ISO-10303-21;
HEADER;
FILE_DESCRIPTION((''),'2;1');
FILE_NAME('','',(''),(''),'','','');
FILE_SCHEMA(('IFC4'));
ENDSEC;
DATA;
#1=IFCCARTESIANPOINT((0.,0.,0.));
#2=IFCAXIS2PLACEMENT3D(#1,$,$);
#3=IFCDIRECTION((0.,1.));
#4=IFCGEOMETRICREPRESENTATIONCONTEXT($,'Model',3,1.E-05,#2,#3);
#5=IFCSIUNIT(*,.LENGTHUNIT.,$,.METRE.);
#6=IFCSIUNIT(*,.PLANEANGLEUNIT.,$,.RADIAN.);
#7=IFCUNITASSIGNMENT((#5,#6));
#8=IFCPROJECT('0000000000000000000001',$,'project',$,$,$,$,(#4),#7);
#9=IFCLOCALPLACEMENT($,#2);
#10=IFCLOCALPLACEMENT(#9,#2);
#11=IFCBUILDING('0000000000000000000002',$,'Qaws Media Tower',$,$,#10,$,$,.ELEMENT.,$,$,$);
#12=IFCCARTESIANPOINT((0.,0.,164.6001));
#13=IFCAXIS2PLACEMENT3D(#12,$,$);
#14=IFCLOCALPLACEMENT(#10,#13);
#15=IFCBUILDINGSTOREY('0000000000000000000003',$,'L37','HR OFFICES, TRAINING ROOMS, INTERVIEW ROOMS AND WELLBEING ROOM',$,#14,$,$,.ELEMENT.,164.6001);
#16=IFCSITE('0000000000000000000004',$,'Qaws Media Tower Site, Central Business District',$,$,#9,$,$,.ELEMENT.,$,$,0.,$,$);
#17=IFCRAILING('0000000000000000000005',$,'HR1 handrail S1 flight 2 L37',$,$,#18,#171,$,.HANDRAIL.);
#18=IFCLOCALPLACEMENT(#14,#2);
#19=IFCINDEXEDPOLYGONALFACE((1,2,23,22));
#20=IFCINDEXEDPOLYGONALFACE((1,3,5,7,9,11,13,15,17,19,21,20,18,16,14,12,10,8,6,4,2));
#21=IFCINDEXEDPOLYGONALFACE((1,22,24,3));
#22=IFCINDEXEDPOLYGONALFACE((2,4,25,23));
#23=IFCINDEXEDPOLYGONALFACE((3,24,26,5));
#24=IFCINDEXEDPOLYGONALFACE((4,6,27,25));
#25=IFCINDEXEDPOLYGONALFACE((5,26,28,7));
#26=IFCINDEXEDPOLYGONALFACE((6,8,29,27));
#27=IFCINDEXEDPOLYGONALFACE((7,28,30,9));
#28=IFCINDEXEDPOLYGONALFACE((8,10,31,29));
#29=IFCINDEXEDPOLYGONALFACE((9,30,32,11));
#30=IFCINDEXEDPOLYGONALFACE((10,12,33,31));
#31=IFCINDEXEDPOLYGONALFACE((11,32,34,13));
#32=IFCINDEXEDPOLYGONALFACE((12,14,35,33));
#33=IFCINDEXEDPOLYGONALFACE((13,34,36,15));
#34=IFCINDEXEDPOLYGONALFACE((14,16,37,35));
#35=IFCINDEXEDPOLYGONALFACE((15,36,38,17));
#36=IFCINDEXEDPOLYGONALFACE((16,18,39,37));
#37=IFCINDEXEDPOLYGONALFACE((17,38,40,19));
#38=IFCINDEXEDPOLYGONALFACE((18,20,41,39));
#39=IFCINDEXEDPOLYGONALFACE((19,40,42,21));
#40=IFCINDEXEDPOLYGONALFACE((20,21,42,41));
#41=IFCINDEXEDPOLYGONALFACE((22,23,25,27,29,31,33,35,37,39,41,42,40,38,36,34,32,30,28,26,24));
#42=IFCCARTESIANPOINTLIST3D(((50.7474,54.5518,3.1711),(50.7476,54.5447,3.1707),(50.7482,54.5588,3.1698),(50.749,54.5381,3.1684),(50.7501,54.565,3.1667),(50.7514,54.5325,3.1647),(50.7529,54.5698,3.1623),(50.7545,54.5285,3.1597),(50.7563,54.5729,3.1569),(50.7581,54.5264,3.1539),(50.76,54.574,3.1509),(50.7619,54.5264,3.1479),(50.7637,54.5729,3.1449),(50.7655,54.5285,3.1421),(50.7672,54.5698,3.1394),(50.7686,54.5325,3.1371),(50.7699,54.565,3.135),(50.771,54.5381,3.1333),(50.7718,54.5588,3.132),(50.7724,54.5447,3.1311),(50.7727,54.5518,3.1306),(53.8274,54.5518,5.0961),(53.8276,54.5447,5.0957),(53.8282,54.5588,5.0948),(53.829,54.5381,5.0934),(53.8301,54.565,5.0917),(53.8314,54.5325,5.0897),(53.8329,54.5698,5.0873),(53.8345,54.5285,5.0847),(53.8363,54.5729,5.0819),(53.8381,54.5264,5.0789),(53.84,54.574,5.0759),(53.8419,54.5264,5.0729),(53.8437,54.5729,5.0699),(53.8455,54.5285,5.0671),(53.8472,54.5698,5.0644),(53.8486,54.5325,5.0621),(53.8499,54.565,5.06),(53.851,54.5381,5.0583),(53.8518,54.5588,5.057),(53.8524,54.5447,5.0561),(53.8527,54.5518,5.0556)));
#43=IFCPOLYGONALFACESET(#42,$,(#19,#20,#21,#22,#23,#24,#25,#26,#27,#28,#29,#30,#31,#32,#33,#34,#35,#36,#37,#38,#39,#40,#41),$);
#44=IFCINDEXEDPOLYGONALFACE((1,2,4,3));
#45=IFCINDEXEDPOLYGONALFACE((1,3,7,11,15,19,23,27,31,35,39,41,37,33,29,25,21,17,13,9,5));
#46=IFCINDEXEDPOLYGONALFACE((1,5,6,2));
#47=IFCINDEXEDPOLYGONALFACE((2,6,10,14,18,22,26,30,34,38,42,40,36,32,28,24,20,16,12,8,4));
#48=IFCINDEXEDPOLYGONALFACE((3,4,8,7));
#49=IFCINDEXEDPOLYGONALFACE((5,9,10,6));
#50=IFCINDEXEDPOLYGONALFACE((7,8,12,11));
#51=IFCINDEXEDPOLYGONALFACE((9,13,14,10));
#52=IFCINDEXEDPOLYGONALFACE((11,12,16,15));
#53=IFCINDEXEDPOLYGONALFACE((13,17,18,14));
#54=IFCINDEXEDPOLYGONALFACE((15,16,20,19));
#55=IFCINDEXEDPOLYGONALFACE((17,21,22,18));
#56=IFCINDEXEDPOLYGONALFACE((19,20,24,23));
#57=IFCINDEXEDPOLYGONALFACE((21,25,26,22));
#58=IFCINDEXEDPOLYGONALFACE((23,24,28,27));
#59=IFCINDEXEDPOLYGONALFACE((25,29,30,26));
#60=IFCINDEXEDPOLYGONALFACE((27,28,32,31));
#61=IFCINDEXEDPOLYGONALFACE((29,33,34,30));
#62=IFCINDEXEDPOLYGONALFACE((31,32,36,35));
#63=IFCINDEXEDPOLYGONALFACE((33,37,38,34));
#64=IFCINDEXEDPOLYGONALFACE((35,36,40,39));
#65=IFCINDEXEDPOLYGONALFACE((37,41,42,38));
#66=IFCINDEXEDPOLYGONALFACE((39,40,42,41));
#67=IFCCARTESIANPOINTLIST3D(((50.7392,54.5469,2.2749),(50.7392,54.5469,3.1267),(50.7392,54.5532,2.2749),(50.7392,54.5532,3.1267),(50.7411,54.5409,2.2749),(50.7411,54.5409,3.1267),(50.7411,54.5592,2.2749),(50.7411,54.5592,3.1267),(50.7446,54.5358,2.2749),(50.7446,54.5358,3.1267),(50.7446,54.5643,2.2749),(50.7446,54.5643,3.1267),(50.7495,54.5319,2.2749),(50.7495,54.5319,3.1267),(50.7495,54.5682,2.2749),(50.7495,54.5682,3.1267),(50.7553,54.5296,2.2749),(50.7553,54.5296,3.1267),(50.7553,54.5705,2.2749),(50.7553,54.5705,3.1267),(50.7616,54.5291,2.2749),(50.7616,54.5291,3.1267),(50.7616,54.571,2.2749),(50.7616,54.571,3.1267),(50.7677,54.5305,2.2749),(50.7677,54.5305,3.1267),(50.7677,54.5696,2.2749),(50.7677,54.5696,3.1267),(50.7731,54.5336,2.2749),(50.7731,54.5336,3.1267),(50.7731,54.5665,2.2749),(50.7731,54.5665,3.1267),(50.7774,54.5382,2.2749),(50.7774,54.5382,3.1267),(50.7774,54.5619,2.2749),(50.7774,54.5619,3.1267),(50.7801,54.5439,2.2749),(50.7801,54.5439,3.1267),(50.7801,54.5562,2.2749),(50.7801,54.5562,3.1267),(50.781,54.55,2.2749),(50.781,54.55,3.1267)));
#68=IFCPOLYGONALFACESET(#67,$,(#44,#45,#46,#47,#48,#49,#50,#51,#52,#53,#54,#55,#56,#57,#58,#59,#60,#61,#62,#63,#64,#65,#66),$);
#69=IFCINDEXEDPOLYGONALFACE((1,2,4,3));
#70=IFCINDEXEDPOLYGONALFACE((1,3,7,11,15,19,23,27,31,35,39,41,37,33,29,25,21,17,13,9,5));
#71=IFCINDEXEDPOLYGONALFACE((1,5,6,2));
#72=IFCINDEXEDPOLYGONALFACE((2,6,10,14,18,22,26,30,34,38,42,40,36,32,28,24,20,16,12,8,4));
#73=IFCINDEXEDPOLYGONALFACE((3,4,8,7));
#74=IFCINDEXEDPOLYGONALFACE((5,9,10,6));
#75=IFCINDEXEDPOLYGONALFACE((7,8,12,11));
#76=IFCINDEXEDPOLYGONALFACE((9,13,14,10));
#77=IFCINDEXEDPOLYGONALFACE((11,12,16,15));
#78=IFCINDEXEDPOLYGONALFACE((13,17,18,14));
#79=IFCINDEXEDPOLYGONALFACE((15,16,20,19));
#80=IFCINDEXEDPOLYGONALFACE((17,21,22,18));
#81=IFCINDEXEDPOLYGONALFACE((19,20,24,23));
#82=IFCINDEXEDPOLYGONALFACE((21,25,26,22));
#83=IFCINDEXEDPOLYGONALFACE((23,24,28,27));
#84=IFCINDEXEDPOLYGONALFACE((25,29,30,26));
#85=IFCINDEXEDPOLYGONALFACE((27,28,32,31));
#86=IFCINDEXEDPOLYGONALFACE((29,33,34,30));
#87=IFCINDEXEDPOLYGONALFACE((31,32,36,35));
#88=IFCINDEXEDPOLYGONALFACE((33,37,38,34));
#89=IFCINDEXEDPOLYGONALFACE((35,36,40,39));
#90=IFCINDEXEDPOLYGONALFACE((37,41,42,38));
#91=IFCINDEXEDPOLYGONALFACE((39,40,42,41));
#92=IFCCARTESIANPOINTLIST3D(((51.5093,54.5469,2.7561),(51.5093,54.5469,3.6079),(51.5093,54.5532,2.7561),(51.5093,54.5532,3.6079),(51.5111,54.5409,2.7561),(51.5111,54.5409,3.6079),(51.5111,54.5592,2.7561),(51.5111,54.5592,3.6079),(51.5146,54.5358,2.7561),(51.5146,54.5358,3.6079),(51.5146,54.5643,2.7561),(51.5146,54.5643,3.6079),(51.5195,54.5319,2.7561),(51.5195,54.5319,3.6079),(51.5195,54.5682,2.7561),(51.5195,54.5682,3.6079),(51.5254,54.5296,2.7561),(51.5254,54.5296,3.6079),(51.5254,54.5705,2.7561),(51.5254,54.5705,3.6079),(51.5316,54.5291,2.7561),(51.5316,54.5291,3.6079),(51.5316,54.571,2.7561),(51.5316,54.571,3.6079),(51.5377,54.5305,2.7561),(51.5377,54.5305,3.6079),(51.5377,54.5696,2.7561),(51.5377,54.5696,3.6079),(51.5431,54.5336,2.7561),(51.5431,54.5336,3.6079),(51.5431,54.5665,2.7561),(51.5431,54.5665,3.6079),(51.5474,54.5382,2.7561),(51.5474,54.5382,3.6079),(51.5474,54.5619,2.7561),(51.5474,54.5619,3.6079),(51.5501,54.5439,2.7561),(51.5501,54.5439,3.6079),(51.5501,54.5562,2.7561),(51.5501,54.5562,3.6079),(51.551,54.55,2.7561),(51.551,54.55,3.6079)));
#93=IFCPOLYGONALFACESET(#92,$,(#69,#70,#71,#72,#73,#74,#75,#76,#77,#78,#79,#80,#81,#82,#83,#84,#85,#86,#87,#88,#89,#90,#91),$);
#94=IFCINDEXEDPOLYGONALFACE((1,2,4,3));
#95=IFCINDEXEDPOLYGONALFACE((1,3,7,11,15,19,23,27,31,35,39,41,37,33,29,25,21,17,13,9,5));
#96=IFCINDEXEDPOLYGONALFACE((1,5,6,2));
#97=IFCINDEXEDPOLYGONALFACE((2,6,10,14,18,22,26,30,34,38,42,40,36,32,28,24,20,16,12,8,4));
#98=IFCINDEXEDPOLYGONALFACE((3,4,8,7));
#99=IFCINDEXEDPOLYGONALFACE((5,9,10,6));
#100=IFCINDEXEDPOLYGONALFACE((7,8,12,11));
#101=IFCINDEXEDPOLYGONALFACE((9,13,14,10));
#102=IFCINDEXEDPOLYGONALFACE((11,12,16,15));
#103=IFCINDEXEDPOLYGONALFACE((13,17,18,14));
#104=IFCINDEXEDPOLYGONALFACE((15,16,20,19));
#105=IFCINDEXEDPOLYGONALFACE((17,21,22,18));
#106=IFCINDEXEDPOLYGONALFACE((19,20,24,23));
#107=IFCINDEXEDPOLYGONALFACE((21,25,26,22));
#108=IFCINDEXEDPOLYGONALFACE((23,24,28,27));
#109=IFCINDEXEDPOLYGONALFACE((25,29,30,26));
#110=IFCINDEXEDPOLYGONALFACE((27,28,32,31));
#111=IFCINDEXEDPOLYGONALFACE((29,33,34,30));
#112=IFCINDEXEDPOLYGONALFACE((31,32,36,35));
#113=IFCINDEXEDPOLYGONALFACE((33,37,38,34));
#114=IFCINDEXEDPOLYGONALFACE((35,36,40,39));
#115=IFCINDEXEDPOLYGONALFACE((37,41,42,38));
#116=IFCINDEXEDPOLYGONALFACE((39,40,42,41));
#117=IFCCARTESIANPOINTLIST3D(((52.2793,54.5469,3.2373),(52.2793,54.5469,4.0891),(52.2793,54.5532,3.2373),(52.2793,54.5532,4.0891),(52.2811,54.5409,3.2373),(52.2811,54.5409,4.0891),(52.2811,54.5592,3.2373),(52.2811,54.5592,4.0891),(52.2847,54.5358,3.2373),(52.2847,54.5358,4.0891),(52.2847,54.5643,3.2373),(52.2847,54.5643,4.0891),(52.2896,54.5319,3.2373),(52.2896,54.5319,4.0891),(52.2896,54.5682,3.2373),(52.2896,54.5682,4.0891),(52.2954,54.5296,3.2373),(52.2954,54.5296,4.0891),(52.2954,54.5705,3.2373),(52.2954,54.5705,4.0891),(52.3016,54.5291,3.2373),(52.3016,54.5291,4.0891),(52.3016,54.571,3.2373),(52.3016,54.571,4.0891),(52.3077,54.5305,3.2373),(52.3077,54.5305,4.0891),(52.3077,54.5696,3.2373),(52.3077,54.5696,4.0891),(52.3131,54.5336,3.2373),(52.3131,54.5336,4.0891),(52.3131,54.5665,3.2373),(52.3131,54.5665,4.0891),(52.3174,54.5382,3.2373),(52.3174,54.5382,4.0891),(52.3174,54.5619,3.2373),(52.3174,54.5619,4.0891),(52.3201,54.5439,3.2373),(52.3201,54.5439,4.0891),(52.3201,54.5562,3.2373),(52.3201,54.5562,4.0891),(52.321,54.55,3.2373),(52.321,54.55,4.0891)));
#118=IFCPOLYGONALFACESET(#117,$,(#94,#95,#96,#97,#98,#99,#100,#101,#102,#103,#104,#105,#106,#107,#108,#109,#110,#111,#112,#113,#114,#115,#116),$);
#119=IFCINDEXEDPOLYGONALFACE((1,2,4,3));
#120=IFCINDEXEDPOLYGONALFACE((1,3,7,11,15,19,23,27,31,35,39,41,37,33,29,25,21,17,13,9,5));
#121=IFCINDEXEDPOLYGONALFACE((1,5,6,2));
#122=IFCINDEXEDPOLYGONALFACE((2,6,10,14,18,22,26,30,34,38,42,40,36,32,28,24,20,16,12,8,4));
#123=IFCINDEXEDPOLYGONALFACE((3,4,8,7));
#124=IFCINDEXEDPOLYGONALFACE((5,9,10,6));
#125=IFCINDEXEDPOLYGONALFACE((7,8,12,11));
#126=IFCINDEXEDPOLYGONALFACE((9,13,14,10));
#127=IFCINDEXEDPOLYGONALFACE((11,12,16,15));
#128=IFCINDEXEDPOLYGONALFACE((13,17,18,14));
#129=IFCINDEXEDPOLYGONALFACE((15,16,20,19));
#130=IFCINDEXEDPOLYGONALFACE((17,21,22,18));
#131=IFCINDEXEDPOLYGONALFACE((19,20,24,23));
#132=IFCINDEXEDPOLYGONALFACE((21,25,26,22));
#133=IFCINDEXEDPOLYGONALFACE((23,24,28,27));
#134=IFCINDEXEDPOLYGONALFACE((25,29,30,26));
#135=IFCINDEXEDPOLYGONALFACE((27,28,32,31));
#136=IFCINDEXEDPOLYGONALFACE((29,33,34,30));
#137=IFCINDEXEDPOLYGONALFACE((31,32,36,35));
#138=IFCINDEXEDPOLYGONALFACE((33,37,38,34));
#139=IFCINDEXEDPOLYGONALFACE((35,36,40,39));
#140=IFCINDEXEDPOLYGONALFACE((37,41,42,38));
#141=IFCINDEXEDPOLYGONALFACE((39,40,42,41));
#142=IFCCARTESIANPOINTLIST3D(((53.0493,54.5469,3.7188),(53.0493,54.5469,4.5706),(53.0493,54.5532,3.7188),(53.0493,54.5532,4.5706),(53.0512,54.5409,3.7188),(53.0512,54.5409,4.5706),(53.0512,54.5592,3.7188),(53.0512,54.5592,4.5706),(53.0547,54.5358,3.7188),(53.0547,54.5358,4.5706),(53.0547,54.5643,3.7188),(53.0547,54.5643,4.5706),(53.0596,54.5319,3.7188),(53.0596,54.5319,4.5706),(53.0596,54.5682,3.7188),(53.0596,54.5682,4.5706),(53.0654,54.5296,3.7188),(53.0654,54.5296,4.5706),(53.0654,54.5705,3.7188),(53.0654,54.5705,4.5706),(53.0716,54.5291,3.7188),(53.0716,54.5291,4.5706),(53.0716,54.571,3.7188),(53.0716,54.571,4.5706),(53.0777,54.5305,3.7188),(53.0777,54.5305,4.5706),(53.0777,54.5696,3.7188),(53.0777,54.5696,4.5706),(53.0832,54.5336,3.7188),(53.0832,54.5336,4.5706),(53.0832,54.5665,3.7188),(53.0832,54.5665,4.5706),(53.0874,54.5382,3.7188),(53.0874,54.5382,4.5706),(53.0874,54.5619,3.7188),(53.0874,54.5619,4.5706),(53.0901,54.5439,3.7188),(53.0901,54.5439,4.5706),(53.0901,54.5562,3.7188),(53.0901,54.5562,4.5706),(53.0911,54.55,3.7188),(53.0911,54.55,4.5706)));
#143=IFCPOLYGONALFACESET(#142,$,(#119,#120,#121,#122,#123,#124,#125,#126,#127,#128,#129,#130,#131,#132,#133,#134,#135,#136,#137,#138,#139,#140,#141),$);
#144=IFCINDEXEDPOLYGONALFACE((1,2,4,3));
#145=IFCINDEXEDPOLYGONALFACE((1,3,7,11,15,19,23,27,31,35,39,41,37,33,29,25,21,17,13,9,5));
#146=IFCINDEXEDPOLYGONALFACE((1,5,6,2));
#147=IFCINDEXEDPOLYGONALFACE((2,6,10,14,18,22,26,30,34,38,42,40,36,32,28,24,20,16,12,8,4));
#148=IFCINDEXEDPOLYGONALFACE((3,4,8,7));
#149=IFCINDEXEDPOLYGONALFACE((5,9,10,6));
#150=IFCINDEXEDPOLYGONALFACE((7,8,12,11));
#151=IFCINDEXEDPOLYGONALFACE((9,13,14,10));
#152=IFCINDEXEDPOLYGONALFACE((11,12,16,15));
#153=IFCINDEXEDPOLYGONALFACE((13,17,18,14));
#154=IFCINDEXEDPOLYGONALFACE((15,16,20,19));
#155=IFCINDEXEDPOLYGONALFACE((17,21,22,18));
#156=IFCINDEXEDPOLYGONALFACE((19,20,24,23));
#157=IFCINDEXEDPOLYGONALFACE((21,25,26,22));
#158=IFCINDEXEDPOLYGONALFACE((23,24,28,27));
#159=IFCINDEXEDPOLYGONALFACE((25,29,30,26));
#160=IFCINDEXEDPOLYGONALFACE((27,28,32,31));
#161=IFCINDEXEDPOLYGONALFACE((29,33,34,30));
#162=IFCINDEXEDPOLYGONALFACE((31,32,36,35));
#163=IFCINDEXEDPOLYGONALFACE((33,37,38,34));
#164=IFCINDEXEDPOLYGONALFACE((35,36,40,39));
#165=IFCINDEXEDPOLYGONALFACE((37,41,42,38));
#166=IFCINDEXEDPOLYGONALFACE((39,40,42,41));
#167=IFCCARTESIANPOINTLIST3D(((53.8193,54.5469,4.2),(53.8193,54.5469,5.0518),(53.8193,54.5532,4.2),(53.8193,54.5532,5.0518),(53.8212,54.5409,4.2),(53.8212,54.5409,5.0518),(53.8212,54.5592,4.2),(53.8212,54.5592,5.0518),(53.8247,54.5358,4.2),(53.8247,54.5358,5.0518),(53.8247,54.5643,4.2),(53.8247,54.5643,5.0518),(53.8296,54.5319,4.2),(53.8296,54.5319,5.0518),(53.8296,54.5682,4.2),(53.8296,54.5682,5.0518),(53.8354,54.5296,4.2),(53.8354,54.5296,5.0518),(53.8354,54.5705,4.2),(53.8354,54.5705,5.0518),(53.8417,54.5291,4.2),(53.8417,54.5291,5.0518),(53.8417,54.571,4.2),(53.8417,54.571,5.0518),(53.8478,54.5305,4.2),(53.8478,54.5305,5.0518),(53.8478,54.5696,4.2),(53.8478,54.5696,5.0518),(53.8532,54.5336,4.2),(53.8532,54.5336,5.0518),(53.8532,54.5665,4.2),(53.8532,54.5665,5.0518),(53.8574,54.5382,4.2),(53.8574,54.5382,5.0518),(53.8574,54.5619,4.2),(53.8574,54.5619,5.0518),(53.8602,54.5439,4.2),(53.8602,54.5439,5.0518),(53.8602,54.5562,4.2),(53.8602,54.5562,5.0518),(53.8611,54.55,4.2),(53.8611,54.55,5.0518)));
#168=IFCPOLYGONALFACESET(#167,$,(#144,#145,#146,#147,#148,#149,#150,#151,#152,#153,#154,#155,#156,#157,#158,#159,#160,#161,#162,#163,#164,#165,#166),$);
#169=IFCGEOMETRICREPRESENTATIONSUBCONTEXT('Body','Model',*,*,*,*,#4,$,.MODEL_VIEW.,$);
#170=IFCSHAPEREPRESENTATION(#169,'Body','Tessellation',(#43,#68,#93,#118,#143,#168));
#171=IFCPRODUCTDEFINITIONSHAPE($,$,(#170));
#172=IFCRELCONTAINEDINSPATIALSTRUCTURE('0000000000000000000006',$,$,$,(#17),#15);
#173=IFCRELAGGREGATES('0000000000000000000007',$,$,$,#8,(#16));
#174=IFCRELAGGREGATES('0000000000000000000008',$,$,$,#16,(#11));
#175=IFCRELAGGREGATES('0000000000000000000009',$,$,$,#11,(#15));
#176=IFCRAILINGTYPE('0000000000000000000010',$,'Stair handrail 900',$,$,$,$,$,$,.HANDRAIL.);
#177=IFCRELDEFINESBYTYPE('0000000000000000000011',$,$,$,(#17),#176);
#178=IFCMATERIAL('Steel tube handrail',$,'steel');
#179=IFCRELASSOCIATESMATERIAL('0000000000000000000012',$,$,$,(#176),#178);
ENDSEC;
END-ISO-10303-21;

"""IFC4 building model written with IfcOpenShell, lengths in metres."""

from ifc_helpers import new_model, si_unit, direction, frame, origin, origin_2d, place, context, subcontext, project, spatial, circle, extrude, material, type_object, element, save


model = new_model("IFC4")

# Units and contexts
model_context = context("Model", 3, precision=1e-05, world=origin(), true_north=direction((0.0, 1.0)))
body_context = subcontext(model_context, "Body", "Model", "MODEL_VIEW")
ifc_project = project(units=[si_unit("LENGTHUNIT", "METRE"), si_unit("PLANEANGLEUNIT", "RADIAN")], contexts=[model_context])

# Site, building, storey
site_placement = place(None, origin())
site = spatial("IfcSite", under=ifc_project, at=site_placement, Name="Qaws Media Tower Site, Central Business District", CompositionType="ELEMENT", RefElevation=0.0)
building_placement = place(site_placement, origin())
building = spatial("IfcBuilding", under=site, at=building_placement, Name="Qaws Media Tower", CompositionType="ELEMENT")
storey_placement = place(building_placement, frame((0.0, 0.0, 164.6001)))
storey = spatial("IfcBuildingStorey", under=building, at=storey_placement, Name="L37", Description="HR OFFICES, TRAINING ROOMS, INTERVIEW ROOMS AND WELLBEING ROOM", CompositionType="ELEMENT", Elevation=164.6001)

# Railing
ifc_material_1 = material(Name="Steel tube handrail", Category="steel")
railing_type = type_object("IfcRailingType", Name="Stair handrail 900", PredefinedType="HANDRAIL", material=ifc_material_1)
for number, where, name in (
    (1, (50.76, 54.55, 2.2749), "HR1 handrail S1 flight 2 L37"),
):
    element("IfcRailing", number, at=place(storey_placement, frame(where)), inside=storey, type_object=railing_type, Name=name, PredefinedType="HANDRAIL", context=body_context, shape_type="SweptSolid", body=[
        extrude(circle(Radius=0.0239, at=origin_2d()), frame((0.0, 0.0, 0.876), z_axis=(0.847998, 0.0, 0.529999), x_axis=(0.0, 1.0, 0.0)), (0.0, 0.0, 1.0), 3.6321),
        extrude(circle(Radius=0.021, at=origin_2d()), origin(), (0.0, 0.0, 1.0), 0.8518),
        extrude(circle(Radius=0.021, at=origin_2d()), frame((0.77, 0.0, 0.4812)), (0.0, 0.0, 1.0), 0.8518),
        extrude(circle(Radius=0.021, at=origin_2d()), frame((1.54, 0.0, 0.9624)), (0.0, 0.0, 1.0), 0.8518),
        extrude(circle(Radius=0.021, at=origin_2d()), frame((2.3101, 0.0, 1.4438)), (0.0, 0.0, 1.0), 0.8518),
        extrude(circle(Radius=0.021, at=origin_2d()), frame((3.0801, 0.0, 1.925)), (0.0, 0.0, 1.0), 0.8518),
    ])

save(model, "model.ifc")
